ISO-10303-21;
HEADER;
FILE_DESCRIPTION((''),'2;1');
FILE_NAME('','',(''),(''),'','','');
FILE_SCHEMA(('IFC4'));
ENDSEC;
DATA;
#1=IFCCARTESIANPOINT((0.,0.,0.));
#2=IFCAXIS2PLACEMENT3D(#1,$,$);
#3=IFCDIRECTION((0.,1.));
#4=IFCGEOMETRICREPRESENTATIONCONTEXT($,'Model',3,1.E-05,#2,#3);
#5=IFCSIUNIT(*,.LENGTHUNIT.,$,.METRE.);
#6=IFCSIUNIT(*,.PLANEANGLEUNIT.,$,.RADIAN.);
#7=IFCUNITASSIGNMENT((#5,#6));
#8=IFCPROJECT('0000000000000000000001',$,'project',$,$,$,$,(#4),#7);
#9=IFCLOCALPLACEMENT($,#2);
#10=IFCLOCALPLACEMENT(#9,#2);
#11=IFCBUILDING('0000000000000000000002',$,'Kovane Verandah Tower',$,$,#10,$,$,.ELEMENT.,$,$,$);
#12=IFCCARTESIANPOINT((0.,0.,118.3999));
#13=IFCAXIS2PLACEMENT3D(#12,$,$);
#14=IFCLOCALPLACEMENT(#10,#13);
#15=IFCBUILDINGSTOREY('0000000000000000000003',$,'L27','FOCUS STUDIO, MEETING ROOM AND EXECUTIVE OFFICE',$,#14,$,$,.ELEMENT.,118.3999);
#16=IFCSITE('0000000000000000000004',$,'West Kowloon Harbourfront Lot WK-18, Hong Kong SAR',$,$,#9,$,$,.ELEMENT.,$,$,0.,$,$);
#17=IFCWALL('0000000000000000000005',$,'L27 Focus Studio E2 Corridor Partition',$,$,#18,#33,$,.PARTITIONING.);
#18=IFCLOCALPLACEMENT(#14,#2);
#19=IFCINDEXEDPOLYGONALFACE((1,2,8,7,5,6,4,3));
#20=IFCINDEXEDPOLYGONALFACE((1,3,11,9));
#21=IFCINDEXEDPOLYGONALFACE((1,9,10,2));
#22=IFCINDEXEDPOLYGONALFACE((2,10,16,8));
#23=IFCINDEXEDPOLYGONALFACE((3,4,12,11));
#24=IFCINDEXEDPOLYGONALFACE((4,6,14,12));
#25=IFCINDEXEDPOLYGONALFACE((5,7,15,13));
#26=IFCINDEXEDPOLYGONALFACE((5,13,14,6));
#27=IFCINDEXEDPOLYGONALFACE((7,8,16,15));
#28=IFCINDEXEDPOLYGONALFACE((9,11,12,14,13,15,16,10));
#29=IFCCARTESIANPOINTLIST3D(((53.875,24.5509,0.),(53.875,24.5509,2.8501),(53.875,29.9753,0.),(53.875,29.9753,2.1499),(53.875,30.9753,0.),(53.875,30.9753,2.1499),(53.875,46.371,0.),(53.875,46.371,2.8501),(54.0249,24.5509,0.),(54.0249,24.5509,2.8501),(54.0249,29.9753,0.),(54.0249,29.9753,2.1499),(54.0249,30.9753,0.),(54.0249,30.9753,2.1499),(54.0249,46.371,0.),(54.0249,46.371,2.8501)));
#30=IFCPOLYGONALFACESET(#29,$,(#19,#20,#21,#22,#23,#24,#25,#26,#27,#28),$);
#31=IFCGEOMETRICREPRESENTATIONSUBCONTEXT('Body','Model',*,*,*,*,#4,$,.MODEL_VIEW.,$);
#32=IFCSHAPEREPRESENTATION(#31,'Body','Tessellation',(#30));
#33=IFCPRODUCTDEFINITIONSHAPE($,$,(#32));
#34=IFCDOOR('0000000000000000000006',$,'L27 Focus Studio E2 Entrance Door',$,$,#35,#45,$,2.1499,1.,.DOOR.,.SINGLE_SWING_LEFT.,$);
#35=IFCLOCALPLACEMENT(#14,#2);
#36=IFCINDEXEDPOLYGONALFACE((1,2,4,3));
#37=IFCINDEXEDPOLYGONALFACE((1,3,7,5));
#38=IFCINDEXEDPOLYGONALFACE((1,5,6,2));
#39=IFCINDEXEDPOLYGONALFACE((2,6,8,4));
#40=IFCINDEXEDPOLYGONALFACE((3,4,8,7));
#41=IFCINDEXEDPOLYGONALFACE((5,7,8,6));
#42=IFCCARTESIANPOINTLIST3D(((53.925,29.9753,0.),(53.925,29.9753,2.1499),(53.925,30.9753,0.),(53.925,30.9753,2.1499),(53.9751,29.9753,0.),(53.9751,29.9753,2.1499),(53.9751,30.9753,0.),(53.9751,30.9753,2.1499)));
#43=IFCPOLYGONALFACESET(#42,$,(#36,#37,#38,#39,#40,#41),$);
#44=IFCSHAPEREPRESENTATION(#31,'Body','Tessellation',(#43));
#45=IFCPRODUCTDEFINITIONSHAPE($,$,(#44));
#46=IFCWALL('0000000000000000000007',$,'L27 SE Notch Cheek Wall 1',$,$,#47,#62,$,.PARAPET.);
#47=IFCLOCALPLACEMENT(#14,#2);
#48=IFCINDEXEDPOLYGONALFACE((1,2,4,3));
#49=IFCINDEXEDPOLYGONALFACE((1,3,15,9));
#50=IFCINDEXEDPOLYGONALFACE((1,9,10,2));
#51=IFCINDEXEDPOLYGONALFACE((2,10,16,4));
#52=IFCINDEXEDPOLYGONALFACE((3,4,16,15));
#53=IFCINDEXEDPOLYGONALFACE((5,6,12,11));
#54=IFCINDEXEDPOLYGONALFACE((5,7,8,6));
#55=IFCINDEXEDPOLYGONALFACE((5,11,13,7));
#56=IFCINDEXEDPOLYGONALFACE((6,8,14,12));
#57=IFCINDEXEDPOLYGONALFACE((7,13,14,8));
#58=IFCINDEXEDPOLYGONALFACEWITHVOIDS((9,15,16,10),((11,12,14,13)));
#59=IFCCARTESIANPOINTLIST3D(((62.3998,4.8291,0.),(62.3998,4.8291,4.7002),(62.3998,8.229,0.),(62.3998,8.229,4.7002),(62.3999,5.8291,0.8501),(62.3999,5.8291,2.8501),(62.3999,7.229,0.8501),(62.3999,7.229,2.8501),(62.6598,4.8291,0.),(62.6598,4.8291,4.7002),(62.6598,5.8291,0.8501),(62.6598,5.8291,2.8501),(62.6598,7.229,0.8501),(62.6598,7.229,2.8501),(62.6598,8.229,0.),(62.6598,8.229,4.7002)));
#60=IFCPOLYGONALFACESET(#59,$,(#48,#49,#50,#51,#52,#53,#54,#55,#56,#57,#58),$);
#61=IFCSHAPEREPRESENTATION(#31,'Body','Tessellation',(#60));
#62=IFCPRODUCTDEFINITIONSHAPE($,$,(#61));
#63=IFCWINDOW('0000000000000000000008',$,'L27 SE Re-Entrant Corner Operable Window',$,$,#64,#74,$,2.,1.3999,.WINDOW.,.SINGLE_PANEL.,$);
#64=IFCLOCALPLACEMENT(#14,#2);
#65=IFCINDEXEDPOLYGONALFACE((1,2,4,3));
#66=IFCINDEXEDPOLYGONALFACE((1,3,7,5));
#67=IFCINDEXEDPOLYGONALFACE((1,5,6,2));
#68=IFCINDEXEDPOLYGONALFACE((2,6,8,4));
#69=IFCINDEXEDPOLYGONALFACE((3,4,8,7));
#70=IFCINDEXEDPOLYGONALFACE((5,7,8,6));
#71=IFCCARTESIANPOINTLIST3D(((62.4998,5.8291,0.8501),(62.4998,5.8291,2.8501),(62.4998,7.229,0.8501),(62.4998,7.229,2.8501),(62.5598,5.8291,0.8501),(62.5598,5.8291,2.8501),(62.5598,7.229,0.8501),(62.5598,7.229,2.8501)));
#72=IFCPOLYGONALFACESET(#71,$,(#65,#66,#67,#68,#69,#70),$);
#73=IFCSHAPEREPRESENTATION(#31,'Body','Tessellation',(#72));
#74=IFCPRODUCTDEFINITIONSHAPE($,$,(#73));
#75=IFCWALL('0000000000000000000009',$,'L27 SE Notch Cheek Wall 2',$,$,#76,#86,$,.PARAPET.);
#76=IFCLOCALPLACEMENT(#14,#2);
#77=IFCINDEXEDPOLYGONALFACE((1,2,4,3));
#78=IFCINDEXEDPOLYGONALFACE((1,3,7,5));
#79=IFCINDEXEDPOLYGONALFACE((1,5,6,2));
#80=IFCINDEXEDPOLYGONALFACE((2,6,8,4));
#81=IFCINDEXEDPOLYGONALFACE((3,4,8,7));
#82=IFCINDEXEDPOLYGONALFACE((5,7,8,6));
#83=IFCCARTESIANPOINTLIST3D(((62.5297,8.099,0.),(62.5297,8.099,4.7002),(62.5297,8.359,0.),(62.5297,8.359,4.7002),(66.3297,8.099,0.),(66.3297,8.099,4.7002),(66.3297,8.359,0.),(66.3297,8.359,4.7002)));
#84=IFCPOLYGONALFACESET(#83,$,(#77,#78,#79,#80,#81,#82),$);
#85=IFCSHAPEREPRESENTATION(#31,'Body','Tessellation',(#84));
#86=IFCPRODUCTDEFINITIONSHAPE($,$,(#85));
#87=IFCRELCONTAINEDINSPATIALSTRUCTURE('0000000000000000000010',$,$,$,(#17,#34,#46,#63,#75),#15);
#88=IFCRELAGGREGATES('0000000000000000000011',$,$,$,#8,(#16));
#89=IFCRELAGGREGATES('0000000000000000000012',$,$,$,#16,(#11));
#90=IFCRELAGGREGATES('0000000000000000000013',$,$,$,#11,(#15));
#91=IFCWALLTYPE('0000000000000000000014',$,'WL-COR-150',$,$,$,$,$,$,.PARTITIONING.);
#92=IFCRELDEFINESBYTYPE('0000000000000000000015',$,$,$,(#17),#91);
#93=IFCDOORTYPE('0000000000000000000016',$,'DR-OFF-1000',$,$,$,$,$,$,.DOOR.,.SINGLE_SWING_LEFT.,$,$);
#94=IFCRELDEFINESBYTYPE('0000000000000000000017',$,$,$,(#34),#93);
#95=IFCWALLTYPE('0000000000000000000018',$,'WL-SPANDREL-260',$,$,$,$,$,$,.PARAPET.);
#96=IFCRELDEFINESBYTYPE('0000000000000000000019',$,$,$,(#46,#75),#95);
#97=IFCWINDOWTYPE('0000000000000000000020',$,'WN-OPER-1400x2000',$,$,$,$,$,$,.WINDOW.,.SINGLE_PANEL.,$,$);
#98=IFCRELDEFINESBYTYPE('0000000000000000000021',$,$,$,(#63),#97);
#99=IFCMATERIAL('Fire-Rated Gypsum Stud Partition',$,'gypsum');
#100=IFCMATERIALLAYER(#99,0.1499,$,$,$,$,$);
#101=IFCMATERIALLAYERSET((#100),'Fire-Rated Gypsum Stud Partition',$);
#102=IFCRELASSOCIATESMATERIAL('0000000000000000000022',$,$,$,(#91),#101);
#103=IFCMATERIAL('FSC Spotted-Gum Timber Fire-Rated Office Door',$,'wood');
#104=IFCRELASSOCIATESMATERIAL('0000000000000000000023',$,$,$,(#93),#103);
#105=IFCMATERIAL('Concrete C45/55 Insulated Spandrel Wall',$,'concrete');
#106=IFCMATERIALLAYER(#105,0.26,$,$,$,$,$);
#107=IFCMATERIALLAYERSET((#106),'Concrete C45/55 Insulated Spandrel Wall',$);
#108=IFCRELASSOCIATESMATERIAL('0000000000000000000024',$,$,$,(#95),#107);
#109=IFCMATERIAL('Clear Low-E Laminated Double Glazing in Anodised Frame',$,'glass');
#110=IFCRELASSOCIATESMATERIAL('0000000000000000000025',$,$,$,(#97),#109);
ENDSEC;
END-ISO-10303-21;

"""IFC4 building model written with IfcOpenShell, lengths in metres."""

from ifc_helpers import new_model, si_unit, direction, frame, frame_2d, origin, place, context, subcontext, project, spatial, rectangle, extrude, material, layer, layer_set, type_object, element, fill, save


model = new_model("IFC4")

# Units and contexts
model_context = context("Model", 3, precision=1e-05, world=origin(), true_north=direction((0.0, 1.0)))
body_context = subcontext(model_context, "Body", "Model", "MODEL_VIEW")
ifc_project = project(units=[si_unit("LENGTHUNIT", "METRE"), si_unit("PLANEANGLEUNIT", "RADIAN")], contexts=[model_context])

# Site, building, storey
site_placement = place(None, origin())
site = spatial("IfcSite", under=ifc_project, at=site_placement, Name="West Kowloon Harbourfront Lot WK-18, Hong Kong SAR", CompositionType="ELEMENT", RefElevation=0.0)
building_placement = place(site_placement, origin())
building = spatial("IfcBuilding", under=site, at=building_placement, Name="Kovane Verandah Tower", CompositionType="ELEMENT")
storey_placement = place(building_placement, frame((0.0, 0.0, 118.3999)))
storey = spatial("IfcBuildingStorey", under=building, at=storey_placement, Name="L27", Description="FOCUS STUDIO, MEETING ROOM AND EXECUTIVE OFFICE", CompositionType="ELEMENT", Elevation=118.3999)

# Wall, opening, door
ifc_material_1 = material(Name="Fire-Rated Gypsum Stud Partition", Category="gypsum")
ifc_layer_1 = layer(ifc_material_1, 0.1499)
ifc_layer_set_1 = layer_set([ifc_layer_1], Name="Fire-Rated Gypsum Stud Partition")
wall_type_1 = type_object("IfcWallType", Name="WL-COR-150", PredefinedType="PARTITIONING", material=ifc_layer_set_1)
wall_1_placement = place(storey_placement, frame((53.95, 24.5508, 0.0), z_axis=(0.0, 0.0, 1.0), x_axis=(0.0, 1.0, 0.0)))
wall_1 = element("IfcWall", 1, at=wall_1_placement, inside=storey, type_object=wall_type_1, Name="L27 Focus Studio E2 Corridor Partition", PredefinedType="PARTITIONING", context=body_context, shape_type="SweptSolid", body=[
    extrude(rectangle(XDim=21.8201, YDim=0.1499, at=frame_2d((10.9102, 0.0))), origin(), (0.0, 0.0, 1.0), 2.8501),
])
opening_1_placement = place(wall_1_placement, frame((5.4246, 0.0, 0.0)))
opening_1 = element("IfcOpeningElement", 2, at=opening_1_placement, cuts=wall_1, PredefinedType="OPENING", context=body_context, shape_type="SweptSolid", body=[
    extrude(rectangle(XDim=1.0, YDim=2.1499, at=frame_2d((0.5, 1.075))), frame((0.0, 0.075, 0.0), z_axis=(0.0, -1.0, 0.0), x_axis=(1.0, 0.0, 0.0)), (0.0, 0.0, 1.0), 0.1499),
])
ifc_material_2 = material(Name="FSC Spotted-Gum Timber Fire-Rated Office Door", Category="wood")
door_type_1 = type_object("IfcDoorType", Name="DR-OFF-1000", OperationType="SINGLE_SWING_LEFT", PredefinedType="DOOR", material=ifc_material_2)
door_1_placement = place(opening_1_placement, origin())
door_1 = element("IfcDoor", 3, at=door_1_placement, inside=storey, type_object=door_type_1, Name="L27 Focus Studio E2 Entrance Door", OperationType="SINGLE_SWING_LEFT", OverallHeight=2.1499, OverallWidth=1.0, PredefinedType="DOOR", context=body_context, shape_type="SweptSolid", body=[
    extrude(rectangle(XDim=1.0, YDim=2.1499, at=frame_2d((0.5, 1.075))), frame((0.0, 0.0249, 0.0), z_axis=(0.0, -1.0, 0.0), x_axis=(1.0, 0.0, 0.0)), (0.0, 0.0, 1.0), 0.05),
])
fill(opening_1, door_1)

# Shared definitions
ifc_material_3 = material(Name="Concrete C45/55 Insulated Spandrel Wall", Category="concrete")
ifc_layer_2 = layer(ifc_material_3, 0.26)
ifc_layer_set_2 = layer_set([ifc_layer_2], Name="Concrete C45/55 Insulated Spandrel Wall")
wall_type_2 = type_object("IfcWallType", Name="WL-SPANDREL-260", PredefinedType="PARAPET", material=ifc_layer_set_2)
ifc_material_4 = material(Name="Clear Low-E Laminated Double Glazing in Anodised Frame", Category="glass")

# Wall, opening, window
wall_2_placement = place(storey_placement, frame((62.5298, 4.8291, 0.0), z_axis=(0.0, 0.0, 1.0), x_axis=(0.0, 1.0, 0.0)))
wall_2 = element("IfcWall", 4, at=wall_2_placement, inside=storey, type_object=wall_type_2, Name="L27 SE Notch Cheek Wall 1", PredefinedType="PARAPET", context=body_context, shape_type="SweptSolid", body=[
    extrude(rectangle(XDim=3.3999, YDim=0.26, at=frame_2d((1.7, 0.0))), origin(), (0.0, 0.0, 1.0), 4.7002),
])
opening_2_placement = place(wall_2_placement, frame((1.0, 0.0, 0.8501)))
opening_2 = element("IfcOpeningElement", 5, at=opening_2_placement, cuts=wall_2, PredefinedType="OPENING", context=body_context, shape_type="SweptSolid", body=[
    extrude(rectangle(XDim=1.3999, YDim=2.0, at=frame_2d((0.7, 1.0))), frame((0.0, 0.1299, 0.0), z_axis=(0.0, -1.0, 0.0), x_axis=(1.0, 0.0, 0.0)), (0.0, 0.0, 1.0), 0.26),
])
window_type_1 = type_object("IfcWindowType", Name="WN-OPER-1400x2000", PartitioningType="SINGLE_PANEL", PredefinedType="WINDOW", material=ifc_material_4)
window_1_placement = place(opening_2_placement, origin())
window_1 = element("IfcWindow", 6, at=window_1_placement, inside=storey, type_object=window_type_1, Name="L27 SE Re-Entrant Corner Operable Window", OverallHeight=2.0, OverallWidth=1.3999, PartitioningType="SINGLE_PANEL", PredefinedType="WINDOW", context=body_context, shape_type="SweptSolid", body=[
    extrude(rectangle(XDim=1.3999, YDim=2.0, at=frame_2d((0.7, 1.0))), frame((0.0, 0.03, 0.0), z_axis=(0.0, -1.0, 0.0), x_axis=(1.0, 0.0, 0.0)), (0.0, 0.0, 1.0), 0.0601),
])
fill(opening_2, window_1)

# Wall
wall_3_placement = place(storey_placement, frame((62.5298, 8.229, 0.0), z_axis=(0.0, 0.0, 1.0), x_axis=(1.0, 0.0, 0.0)))
element("IfcWall", 7, at=wall_3_placement, inside=storey, type_object=wall_type_2, Name="L27 SE Notch Cheek Wall 2", PredefinedType="PARAPET", context=body_context, shape_type="SweptSolid", body=[
    extrude(rectangle(XDim=3.8, YDim=0.26, at=frame_2d((1.8999, 0.0))), origin(), (0.0, 0.0, 1.0), 4.7002),
])

save(model, "model.ifc")
